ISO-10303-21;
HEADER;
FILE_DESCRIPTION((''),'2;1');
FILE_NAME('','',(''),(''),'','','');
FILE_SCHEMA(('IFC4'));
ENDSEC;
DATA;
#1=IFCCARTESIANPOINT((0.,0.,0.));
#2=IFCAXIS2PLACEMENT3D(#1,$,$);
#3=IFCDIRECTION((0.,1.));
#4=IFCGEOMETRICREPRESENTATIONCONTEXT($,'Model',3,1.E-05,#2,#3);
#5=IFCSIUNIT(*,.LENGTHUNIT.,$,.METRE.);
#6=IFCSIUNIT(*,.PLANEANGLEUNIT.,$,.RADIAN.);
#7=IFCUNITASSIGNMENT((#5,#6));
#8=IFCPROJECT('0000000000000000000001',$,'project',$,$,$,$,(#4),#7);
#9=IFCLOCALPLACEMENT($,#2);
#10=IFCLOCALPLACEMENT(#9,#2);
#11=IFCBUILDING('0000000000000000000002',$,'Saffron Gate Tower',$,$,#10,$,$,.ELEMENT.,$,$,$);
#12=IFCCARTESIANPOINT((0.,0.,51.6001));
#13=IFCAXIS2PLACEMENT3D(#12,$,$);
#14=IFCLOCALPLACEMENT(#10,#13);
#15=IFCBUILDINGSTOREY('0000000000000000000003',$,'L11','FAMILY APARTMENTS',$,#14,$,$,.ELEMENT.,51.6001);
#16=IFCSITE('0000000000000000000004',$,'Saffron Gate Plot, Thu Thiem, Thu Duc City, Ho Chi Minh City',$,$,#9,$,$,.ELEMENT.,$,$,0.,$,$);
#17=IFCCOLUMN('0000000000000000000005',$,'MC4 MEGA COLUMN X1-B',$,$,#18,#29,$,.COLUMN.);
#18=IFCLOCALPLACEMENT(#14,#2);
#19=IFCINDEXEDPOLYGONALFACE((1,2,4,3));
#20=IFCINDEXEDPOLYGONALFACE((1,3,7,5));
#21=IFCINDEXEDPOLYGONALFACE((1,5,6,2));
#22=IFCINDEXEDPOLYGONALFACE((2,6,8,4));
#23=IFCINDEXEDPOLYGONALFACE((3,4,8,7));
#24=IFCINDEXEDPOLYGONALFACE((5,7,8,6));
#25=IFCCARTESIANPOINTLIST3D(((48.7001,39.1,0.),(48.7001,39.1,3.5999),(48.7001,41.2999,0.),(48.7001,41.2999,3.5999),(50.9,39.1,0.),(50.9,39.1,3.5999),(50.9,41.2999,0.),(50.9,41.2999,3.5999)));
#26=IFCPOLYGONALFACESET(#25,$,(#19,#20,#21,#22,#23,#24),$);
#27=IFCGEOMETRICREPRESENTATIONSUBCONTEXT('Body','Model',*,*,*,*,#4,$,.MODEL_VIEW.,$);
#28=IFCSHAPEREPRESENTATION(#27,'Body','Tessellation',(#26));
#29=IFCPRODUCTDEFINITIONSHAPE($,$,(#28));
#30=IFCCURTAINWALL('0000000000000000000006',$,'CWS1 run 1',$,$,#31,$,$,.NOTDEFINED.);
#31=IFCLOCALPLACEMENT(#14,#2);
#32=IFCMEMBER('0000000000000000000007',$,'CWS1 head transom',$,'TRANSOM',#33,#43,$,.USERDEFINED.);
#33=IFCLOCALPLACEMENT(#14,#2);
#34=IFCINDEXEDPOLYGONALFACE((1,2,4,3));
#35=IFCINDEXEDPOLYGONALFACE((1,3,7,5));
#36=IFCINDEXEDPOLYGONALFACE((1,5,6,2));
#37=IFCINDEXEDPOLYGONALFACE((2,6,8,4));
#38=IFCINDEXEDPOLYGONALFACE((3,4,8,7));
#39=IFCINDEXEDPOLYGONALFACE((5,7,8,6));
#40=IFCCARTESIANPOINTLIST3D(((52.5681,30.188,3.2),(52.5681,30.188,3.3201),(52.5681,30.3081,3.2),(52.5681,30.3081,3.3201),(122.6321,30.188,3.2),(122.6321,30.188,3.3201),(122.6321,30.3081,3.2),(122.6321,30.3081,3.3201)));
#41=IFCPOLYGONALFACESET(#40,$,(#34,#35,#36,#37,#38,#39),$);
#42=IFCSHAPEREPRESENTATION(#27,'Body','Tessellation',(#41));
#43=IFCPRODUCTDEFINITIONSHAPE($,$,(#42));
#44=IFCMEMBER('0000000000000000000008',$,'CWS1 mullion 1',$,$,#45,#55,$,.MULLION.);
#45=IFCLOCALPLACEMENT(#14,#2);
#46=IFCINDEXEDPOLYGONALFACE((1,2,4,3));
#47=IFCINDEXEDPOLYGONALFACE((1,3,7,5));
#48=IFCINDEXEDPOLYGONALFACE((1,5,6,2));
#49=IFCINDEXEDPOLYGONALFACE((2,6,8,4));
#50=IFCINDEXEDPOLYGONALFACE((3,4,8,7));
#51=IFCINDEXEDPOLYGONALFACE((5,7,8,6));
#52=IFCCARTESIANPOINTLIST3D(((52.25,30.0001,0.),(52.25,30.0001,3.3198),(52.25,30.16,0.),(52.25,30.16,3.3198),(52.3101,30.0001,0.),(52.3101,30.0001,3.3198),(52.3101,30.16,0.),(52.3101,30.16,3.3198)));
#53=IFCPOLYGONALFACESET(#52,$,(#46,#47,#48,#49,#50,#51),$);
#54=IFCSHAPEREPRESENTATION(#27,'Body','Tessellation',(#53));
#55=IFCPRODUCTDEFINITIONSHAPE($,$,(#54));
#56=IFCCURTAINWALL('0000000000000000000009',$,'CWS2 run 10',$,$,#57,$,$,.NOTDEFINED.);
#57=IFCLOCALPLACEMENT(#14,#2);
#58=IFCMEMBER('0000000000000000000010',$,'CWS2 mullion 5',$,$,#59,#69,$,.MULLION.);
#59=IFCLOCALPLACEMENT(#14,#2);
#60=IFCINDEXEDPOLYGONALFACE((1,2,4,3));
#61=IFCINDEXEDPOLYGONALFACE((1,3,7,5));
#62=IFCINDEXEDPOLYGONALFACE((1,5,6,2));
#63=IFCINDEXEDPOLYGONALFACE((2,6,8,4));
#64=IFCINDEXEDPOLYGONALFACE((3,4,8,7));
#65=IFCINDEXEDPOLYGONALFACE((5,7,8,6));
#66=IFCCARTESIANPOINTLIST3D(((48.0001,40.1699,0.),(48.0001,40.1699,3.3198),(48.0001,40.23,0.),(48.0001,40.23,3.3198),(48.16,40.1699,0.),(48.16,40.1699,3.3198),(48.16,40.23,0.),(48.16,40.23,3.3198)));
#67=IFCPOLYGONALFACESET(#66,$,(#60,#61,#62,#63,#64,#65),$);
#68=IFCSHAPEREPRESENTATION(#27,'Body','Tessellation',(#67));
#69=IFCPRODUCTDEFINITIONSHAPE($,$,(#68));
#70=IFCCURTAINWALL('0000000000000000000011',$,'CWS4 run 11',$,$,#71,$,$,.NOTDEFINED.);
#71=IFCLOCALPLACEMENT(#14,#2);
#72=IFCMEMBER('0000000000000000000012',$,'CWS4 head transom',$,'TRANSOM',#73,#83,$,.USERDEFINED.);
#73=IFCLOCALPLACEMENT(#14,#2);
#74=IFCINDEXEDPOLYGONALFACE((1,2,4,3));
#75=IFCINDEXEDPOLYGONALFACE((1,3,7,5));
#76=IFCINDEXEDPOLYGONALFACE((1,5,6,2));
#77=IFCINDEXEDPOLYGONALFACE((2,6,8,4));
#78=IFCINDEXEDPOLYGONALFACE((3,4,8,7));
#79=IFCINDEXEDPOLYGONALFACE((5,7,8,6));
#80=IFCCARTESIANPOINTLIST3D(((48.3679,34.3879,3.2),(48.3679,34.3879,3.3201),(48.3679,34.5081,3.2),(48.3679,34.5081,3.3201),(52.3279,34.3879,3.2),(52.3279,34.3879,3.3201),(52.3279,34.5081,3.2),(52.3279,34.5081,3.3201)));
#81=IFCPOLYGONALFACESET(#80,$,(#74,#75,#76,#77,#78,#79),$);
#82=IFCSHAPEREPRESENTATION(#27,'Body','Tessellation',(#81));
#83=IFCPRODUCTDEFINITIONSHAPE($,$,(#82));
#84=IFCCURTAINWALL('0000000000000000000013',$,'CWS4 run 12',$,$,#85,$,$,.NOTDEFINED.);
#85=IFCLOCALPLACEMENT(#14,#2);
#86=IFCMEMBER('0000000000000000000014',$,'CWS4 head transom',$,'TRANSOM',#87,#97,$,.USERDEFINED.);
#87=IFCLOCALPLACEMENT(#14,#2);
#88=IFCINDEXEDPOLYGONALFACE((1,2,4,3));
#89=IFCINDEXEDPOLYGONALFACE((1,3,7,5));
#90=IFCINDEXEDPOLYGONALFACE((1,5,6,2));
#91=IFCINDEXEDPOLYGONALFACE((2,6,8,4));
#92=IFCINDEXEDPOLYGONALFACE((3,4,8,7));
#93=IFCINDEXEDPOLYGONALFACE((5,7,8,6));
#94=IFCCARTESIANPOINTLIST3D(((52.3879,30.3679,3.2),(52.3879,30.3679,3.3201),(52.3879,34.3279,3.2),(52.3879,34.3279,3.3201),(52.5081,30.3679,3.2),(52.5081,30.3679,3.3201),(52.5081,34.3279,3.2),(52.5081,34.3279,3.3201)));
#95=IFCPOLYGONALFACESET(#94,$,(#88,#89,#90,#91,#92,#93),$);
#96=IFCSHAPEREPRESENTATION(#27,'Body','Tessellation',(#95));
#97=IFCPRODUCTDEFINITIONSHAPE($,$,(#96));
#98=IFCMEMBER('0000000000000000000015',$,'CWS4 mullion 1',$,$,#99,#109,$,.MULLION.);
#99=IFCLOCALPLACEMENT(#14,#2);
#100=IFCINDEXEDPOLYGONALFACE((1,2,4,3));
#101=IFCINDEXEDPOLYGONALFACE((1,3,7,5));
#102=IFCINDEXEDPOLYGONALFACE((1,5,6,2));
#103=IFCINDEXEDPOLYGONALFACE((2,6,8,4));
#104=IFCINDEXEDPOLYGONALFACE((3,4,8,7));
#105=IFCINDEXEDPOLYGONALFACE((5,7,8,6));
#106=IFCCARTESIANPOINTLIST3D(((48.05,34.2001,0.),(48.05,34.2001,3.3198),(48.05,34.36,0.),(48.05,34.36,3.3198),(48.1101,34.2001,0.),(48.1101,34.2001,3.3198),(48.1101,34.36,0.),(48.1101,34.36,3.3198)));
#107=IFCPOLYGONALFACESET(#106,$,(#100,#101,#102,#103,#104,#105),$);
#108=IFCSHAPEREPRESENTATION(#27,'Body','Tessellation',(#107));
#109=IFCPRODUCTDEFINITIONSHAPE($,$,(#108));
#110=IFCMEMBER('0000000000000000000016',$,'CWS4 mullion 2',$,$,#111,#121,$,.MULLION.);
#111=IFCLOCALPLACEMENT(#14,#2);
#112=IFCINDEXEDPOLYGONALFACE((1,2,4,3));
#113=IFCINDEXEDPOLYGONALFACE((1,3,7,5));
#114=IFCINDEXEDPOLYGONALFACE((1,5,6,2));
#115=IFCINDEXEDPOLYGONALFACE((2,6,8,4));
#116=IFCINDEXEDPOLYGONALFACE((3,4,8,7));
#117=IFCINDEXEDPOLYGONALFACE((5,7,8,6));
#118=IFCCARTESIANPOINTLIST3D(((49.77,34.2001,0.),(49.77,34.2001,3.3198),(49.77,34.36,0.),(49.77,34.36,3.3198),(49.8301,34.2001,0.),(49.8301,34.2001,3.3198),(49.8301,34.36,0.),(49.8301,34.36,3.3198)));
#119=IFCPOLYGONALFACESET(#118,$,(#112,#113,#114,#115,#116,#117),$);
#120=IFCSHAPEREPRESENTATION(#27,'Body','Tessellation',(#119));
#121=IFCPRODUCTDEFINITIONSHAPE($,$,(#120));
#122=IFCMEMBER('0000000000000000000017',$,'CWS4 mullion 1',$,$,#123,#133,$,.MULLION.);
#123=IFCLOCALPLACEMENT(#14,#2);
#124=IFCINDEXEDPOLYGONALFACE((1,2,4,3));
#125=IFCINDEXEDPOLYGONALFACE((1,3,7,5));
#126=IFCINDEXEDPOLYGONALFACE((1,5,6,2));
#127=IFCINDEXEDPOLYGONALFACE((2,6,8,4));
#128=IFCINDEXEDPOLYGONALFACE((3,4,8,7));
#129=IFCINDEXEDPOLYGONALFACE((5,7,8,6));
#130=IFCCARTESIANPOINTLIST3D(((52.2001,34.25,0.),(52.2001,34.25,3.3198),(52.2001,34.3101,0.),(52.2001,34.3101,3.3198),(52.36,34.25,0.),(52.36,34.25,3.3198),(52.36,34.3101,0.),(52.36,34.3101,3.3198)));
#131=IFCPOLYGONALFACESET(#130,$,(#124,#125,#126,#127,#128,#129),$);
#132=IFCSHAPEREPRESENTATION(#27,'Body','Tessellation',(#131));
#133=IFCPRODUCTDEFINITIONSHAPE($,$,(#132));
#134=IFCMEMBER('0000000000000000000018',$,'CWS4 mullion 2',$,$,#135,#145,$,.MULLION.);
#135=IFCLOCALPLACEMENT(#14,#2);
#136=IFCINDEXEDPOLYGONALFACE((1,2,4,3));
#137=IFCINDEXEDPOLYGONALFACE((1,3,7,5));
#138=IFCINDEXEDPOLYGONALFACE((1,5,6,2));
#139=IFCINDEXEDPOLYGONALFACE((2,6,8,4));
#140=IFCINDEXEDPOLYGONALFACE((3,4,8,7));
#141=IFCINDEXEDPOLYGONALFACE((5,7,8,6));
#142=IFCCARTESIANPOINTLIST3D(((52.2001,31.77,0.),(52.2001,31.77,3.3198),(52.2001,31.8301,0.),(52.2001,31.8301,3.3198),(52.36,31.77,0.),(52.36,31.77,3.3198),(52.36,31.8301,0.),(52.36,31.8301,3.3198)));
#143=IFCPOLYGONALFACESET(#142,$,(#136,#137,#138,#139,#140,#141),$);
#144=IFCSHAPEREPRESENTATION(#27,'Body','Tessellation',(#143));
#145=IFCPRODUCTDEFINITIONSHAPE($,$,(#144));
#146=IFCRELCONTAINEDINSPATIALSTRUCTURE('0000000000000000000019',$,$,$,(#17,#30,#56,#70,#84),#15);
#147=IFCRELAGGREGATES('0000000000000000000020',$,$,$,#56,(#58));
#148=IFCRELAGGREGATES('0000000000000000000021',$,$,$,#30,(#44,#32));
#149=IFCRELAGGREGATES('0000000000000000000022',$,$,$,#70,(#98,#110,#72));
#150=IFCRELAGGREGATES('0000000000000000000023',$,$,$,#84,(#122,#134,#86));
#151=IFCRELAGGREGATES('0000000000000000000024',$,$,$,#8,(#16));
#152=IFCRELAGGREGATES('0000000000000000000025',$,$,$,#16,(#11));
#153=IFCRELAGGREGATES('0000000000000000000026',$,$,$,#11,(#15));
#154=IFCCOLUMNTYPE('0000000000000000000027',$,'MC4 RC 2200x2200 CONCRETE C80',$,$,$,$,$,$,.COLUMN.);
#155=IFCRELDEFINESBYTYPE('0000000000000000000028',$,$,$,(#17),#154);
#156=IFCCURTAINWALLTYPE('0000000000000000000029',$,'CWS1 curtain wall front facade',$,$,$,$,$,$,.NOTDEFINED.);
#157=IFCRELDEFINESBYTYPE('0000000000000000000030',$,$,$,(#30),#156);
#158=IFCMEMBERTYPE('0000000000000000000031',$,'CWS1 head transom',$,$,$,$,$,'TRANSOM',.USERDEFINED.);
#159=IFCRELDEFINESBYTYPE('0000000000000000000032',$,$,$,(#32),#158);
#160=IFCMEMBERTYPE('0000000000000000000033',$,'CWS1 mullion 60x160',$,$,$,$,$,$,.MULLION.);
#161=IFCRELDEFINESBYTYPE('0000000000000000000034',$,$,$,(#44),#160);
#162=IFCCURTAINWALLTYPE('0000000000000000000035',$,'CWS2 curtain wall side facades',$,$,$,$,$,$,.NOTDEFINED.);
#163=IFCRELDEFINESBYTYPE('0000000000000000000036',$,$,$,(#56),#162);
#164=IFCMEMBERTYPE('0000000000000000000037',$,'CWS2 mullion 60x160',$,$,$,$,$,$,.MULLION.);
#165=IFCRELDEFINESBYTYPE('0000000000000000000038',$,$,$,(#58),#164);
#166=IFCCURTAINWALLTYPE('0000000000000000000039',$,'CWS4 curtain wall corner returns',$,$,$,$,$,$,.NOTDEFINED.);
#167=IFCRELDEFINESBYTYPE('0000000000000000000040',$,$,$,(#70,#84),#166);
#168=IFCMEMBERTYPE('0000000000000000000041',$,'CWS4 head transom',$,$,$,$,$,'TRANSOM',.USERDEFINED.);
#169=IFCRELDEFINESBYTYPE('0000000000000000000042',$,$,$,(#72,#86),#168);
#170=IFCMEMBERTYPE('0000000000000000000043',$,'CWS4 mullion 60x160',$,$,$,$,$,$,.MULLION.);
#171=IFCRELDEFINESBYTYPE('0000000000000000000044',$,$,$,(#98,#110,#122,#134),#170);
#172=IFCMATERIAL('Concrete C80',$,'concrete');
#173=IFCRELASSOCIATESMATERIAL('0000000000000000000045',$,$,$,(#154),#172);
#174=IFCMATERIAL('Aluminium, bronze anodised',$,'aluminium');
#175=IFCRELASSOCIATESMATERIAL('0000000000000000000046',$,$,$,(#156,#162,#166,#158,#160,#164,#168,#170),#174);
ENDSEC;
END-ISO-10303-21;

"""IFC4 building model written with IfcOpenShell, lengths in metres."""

from ifc_helpers import new_model, si_unit, direction, frame, origin, origin_2d, place, context, subcontext, project, spatial, rectangle, extrude, material, material_profile, profile_set, type_object, element, aggregate, save


model = new_model("IFC4")

# Units and contexts
model_context = context("Model", 3, precision=1e-05, world=origin(), true_north=direction((0.0, 1.0)))
body_context = subcontext(model_context, "Body", "Model", "MODEL_VIEW")
ifc_project = project(units=[si_unit("LENGTHUNIT", "METRE"), si_unit("PLANEANGLEUNIT", "RADIAN")], contexts=[model_context])

# Site, building, storey
site_placement = place(None, origin())
site = spatial("IfcSite", under=ifc_project, at=site_placement, Name="Saffron Gate Plot, Thu Thiem, Thu Duc City, Ho Chi Minh City", CompositionType="ELEMENT", RefElevation=0.0)
building_placement = place(site_placement, origin())
building = spatial("IfcBuilding", under=site, at=building_placement, Name="Saffron Gate Tower", CompositionType="ELEMENT")
storey_placement = place(building_placement, frame((0.0, 0.0, 51.6001)))
storey = spatial("IfcBuildingStorey", under=building, at=storey_placement, Name="L11", Description="FAMILY APARTMENTS", CompositionType="ELEMENT", Elevation=51.6001)

# Column
ifc_material_1 = material(Name="Concrete C80", Category="concrete")
ifc_material_profile_1 = material_profile(ifc_material_1, rectangle(XDim=2.2, YDim=2.2, at=origin_2d()))
ifc_profile_set_1 = profile_set([ifc_material_profile_1], Name="Concrete C80")
column_type = type_object("IfcColumnType", Name="MC4 RC 2200x2200 CONCRETE C80", PredefinedType="COLUMN", material=ifc_profile_set_1)
column_placement = place(storey_placement, frame((49.8, 40.2, 0.0), z_axis=(0.0, 0.0, 1.0), x_axis=(1.0, 0.0, 0.0)))
element("IfcColumn", 1, at=column_placement, inside=storey, type_object=column_type, Name="MC4 MEGA COLUMN X1-B", PredefinedType="COLUMN", context=body_context, shape_type="SweptSolid", body=[
    extrude(rectangle(XDim=2.2, YDim=2.2, at=origin_2d()), origin(), (0.0, 0.0, 1.0), 3.5999),
])

# Curtain wall, members
ifc_material_2 = material(Name="Aluminium, bronze anodised", Category="aluminium")
curtain_wall_type_1 = type_object("IfcCurtainWallType", Name="CWS1 curtain wall front facade", PredefinedType="NOTDEFINED", material=ifc_material_2)
curtain_wall_1_placement = place(storey_placement, origin())
curtain_wall_1 = element("IfcCurtainWall", 2, at=curtain_wall_1_placement, inside=storey, type_object=curtain_wall_type_1, Name="CWS1 run 1", PredefinedType="NOTDEFINED")
ifc_material_profile_2 = material_profile(ifc_material_2, rectangle(XDim=0.1201, YDim=0.1201, at=origin_2d()))
ifc_profile_set_2 = profile_set([ifc_material_profile_2], Name="Aluminium, bronze anodised")
member_type_1 = type_object("IfcMemberType", Name="CWS1 head transom", ElementType="TRANSOM", PredefinedType="USERDEFINED", material=ifc_profile_set_2)
member_1_placement = place(storey_placement, frame((52.5681, 30.248, 3.26), z_axis=(1.0, 0.0, 0.0), x_axis=(0.0, 1.0, 0.0)))
member_1 = element("IfcMember", 3, at=member_1_placement, type_object=member_type_1, Name="CWS1 head transom", ObjectType="TRANSOM", PredefinedType="USERDEFINED", context=body_context, shape_type="SweptSolid", body=[
    extrude(rectangle(XDim=0.1201, YDim=0.1201, at=origin_2d()), origin(), (0.0, 0.0, 1.0), 70.064),
])
ifc_material_profile_3 = material_profile(ifc_material_2, rectangle(XDim=0.1599, YDim=0.0601, at=origin_2d()))
ifc_profile_set_3 = profile_set([ifc_material_profile_3], Name="Aluminium, bronze anodised")
member_type_2 = type_object("IfcMemberType", Name="CWS1 mullion 60x160", PredefinedType="MULLION", material=ifc_profile_set_3)
member_2_placement = place(storey_placement, frame((52.28, 30.0801, 0.0), z_axis=(0.0, 0.0, 1.0), x_axis=(0.0, 1.0, 0.0)))
member_2 = element("IfcMember", 4, at=member_2_placement, type_object=member_type_2, Name="CWS1 mullion 1", PredefinedType="MULLION", context=body_context, shape_type="SweptSolid", body=[
    extrude(rectangle(XDim=0.1599, YDim=0.0601, at=origin_2d()), origin(), (0.0, 0.0, 1.0), 3.3198),
])

# Curtain walls, members
curtain_wall_type_2 = type_object("IfcCurtainWallType", Name="CWS2 curtain wall side facades", PredefinedType="NOTDEFINED", material=ifc_material_2)
curtain_wall_2_placement = place(storey_placement, origin())
curtain_wall_2 = element("IfcCurtainWall", 5, at=curtain_wall_2_placement, inside=storey, type_object=curtain_wall_type_2, Name="CWS2 run 10", PredefinedType="NOTDEFINED")
ifc_material_profile_4 = material_profile(ifc_material_2, rectangle(XDim=0.1599, YDim=0.0601, at=origin_2d()))
ifc_profile_set_4 = profile_set([ifc_material_profile_4], Name="Aluminium, bronze anodised")
member_type_3 = type_object("IfcMemberType", Name="CWS2 mullion 60x160", PredefinedType="MULLION", material=ifc_profile_set_4)
member_3_placement = place(storey_placement, frame((48.0801, 40.2, 0.0), z_axis=(0.0, 0.0, 1.0), x_axis=(1.0, 0.0, 0.0)))
member_3 = element("IfcMember", 6, at=member_3_placement, type_object=member_type_3, Name="CWS2 mullion 5", PredefinedType="MULLION", context=body_context, shape_type="SweptSolid", body=[
    extrude(rectangle(XDim=0.1599, YDim=0.0601, at=origin_2d()), origin(), (0.0, 0.0, 1.0), 3.3198),
])
aggregate(curtain_wall_2, [member_3])
curtain_wall_type_3 = type_object("IfcCurtainWallType", Name="CWS4 curtain wall corner returns", PredefinedType="NOTDEFINED", material=ifc_material_2)
curtain_wall_3_placement = place(storey_placement, origin())
curtain_wall_3 = element("IfcCurtainWall", 7, at=curtain_wall_3_placement, inside=storey, type_object=curtain_wall_type_3, Name="CWS4 run 11", PredefinedType="NOTDEFINED")
ifc_material_profile_5 = material_profile(ifc_material_2, rectangle(XDim=0.1201, YDim=0.1201, at=origin_2d()))
ifc_profile_set_5 = profile_set([ifc_material_profile_5], Name="Aluminium, bronze anodised")
member_type_4 = type_object("IfcMemberType", Name="CWS4 head transom", ElementType="TRANSOM", PredefinedType="USERDEFINED", material=ifc_profile_set_5)
member_4_placement = place(storey_placement, frame((48.3679, 34.448, 3.26), z_axis=(1.0, 0.0, 0.0), x_axis=(0.0, 1.0, 0.0)))
member_4 = element("IfcMember", 8, at=member_4_placement, type_object=member_type_4, Name="CWS4 head transom", ObjectType="TRANSOM", PredefinedType="USERDEFINED", context=body_context, shape_type="SweptSolid", body=[
    extrude(rectangle(XDim=0.1201, YDim=0.1201, at=origin_2d()), origin(), (0.0, 0.0, 1.0), 3.96),
])
curtain_wall_4_placement = place(storey_placement, origin())
curtain_wall_4 = element("IfcCurtainWall", 9, at=curtain_wall_4_placement, inside=storey, type_object=curtain_wall_type_3, Name="CWS4 run 12", PredefinedType="NOTDEFINED")
member_5_placement = place(storey_placement, frame((52.448, 34.3279, 3.26), z_axis=(0.0, -1.0, 0.0), x_axis=(1.0, 0.0, 0.0)))
member_5 = element("IfcMember", 10, at=member_5_placement, type_object=member_type_4, Name="CWS4 head transom", ObjectType="TRANSOM", PredefinedType="USERDEFINED", context=body_context, shape_type="SweptSolid", body=[
    extrude(rectangle(XDim=0.1201, YDim=0.1201, at=origin_2d()), origin(), (0.0, 0.0, 1.0), 3.96),
])

# Members
ifc_material_profile_6 = material_profile(ifc_material_2, rectangle(XDim=0.1599, YDim=0.0601, at=origin_2d()))
ifc_profile_set_6 = profile_set([ifc_material_profile_6], Name="Aluminium, bronze anodised")
member_type_5 = type_object("IfcMemberType", Name="CWS4 mullion 60x160", PredefinedType="MULLION", material=ifc_profile_set_6)
member_6_placement = place(storey_placement, frame((48.0801, 34.28, 0.0), z_axis=(0.0, 0.0, 1.0), x_axis=(0.0, 1.0, 0.0)))
member_6 = element("IfcMember", 11, at=member_6_placement, type_object=member_type_5, Name="CWS4 mullion 1", PredefinedType="MULLION", context=body_context, shape_type="SweptSolid", body=[
    extrude(rectangle(XDim=0.1599, YDim=0.0601, at=origin_2d()), origin(), (0.0, 0.0, 1.0), 3.3198),
])
member_7_placement = place(storey_placement, frame((49.8, 34.28, 0.0), z_axis=(0.0, 0.0, 1.0), x_axis=(0.0, 1.0, 0.0)))
member_7 = element("IfcMember", 12, at=member_7_placement, type_object=member_type_5, Name="CWS4 mullion 2", PredefinedType="MULLION", context=body_context, shape_type="SweptSolid", body=[
    extrude(rectangle(XDim=0.1599, YDim=0.0601, at=origin_2d()), origin(), (0.0, 0.0, 1.0), 3.3198),
])
member_8_placement = place(storey_placement, frame((52.28, 34.28, 0.0), z_axis=(0.0, 0.0, 1.0), x_axis=(1.0, 0.0, 0.0)))
member_8 = element("IfcMember", 13, at=member_8_placement, type_object=member_type_5, Name="CWS4 mullion 1", PredefinedType="MULLION", context=body_context, shape_type="SweptSolid", body=[
    extrude(rectangle(XDim=0.1599, YDim=0.0601, at=origin_2d()), origin(), (0.0, 0.0, 1.0), 3.3198),
])
member_9_placement = place(storey_placement, frame((52.28, 31.8, 0.0), z_axis=(0.0, 0.0, 1.0), x_axis=(1.0, 0.0, 0.0)))
member_9 = element("IfcMember", 14, at=member_9_placement, type_object=member_type_5, Name="CWS4 mullion 2", PredefinedType="MULLION", context=body_context, shape_type="SweptSolid", body=[
    extrude(rectangle(XDim=0.1599, YDim=0.0601, at=origin_2d()), origin(), (0.0, 0.0, 1.0), 3.3198),
])

aggregate(curtain_wall_1, [member_2, member_1])

aggregate(curtain_wall_3, [member_6, member_7, member_4])
aggregate(curtain_wall_4, [member_8, member_9, member_5])

save(model, "model.ifc")
